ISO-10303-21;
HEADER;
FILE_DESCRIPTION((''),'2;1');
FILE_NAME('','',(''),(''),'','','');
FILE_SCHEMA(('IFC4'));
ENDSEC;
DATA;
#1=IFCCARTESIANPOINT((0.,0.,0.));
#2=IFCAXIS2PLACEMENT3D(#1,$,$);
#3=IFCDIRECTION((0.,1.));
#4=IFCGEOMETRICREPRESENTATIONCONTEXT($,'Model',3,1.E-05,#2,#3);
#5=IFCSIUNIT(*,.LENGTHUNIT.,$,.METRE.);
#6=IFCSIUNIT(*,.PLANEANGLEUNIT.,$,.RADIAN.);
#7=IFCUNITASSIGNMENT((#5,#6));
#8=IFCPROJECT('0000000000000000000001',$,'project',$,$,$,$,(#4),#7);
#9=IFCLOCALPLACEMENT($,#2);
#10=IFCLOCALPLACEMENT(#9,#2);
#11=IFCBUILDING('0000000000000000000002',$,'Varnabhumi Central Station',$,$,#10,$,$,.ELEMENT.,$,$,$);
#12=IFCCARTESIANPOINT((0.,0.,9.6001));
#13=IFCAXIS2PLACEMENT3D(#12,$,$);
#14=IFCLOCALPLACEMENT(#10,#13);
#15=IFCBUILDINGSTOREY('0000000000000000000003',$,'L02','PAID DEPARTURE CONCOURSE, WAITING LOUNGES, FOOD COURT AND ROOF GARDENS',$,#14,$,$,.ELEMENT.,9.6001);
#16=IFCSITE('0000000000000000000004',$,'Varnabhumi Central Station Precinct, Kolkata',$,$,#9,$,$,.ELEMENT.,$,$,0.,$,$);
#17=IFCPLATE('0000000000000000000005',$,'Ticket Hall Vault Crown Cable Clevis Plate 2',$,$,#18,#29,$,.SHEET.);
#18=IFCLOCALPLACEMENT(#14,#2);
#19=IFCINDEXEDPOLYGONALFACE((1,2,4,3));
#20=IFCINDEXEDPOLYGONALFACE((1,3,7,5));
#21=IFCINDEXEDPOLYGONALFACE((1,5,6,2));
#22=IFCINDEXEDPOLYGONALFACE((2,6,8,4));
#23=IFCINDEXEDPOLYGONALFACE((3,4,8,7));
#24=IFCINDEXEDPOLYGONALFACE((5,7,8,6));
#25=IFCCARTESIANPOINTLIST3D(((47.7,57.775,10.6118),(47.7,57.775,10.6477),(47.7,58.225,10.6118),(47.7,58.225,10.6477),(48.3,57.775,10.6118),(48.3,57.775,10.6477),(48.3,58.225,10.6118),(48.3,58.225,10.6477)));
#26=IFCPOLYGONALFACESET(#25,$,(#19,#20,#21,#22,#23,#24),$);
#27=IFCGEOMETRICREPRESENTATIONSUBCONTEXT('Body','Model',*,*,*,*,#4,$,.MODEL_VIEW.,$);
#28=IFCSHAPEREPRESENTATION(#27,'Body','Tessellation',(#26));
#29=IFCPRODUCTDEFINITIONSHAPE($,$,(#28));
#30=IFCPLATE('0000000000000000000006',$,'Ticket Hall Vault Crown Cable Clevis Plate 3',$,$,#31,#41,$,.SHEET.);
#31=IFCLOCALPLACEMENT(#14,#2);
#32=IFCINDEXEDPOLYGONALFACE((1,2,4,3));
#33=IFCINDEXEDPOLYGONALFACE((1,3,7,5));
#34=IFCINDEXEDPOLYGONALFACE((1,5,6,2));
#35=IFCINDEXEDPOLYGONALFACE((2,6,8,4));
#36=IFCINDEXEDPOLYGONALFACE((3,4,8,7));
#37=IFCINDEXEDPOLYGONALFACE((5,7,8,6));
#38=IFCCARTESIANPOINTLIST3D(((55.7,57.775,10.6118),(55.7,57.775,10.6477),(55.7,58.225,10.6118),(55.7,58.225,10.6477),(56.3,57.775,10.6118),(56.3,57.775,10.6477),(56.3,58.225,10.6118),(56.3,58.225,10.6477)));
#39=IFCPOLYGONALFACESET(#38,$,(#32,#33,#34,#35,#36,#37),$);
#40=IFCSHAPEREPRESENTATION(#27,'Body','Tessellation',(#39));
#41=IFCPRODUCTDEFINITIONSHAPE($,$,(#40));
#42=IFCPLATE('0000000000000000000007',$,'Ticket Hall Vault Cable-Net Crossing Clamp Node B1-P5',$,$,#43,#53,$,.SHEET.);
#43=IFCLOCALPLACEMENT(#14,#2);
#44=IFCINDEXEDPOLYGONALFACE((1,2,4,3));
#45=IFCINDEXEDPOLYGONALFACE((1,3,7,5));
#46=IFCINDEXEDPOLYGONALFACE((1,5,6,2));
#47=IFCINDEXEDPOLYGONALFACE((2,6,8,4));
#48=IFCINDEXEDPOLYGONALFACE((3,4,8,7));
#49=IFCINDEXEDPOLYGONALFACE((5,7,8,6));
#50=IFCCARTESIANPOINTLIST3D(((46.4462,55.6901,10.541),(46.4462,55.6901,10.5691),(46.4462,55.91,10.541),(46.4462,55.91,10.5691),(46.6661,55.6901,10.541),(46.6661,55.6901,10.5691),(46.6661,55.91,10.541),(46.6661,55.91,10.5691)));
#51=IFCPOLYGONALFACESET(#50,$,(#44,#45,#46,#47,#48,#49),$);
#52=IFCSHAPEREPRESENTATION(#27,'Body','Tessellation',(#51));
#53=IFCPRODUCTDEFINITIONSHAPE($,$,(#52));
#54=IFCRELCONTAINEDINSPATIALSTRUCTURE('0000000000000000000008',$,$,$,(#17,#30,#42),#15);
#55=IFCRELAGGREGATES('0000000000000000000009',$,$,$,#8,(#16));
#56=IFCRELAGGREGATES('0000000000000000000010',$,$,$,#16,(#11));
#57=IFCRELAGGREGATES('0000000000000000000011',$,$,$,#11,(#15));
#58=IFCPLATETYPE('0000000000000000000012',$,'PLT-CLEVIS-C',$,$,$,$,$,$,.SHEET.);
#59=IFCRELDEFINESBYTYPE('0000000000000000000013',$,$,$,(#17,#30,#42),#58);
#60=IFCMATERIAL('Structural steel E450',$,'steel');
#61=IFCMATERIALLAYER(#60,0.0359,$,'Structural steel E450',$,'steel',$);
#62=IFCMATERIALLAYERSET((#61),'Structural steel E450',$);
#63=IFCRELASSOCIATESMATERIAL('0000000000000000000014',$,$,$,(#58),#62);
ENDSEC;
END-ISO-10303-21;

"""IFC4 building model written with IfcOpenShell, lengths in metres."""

from ifc_helpers import new_model, si_unit, direction, frame, origin, origin_2d, place, context, subcontext, project, spatial, rectangle, extrude, material, layer, layer_set, type_object, element, save


model = new_model("IFC4")

# Units and contexts
model_context = context("Model", 3, precision=1e-05, world=origin(), true_north=direction((0.0, 1.0)))
body_context = subcontext(model_context, "Body", "Model", "MODEL_VIEW")
ifc_project = project(units=[si_unit("LENGTHUNIT", "METRE"), si_unit("PLANEANGLEUNIT", "RADIAN")], contexts=[model_context])

# Site, building, storey
site_placement = place(None, origin())
site = spatial("IfcSite", under=ifc_project, at=site_placement, Name="Varnabhumi Central Station Precinct, Kolkata", CompositionType="ELEMENT", RefElevation=0.0)
building_placement = place(site_placement, origin())
building = spatial("IfcBuilding", under=site, at=building_placement, Name="Varnabhumi Central Station", CompositionType="ELEMENT")
storey_placement = place(building_placement, frame((0.0, 0.0, 9.6001)))
storey = spatial("IfcBuildingStorey", under=building, at=storey_placement, Name="L02", Description="PAID DEPARTURE CONCOURSE, WAITING LOUNGES, FOOD COURT AND ROOF GARDENS", CompositionType="ELEMENT", Elevation=9.6001)

# Shared definitions
ifc_material_1 = material(Name="Structural steel E450", Category="steel")

# Plates
ifc_layer = layer(ifc_material_1, 0.0359, Name="Structural steel E450", Category="steel")
ifc_layer_set = layer_set([ifc_layer], Name="Structural steel E450")
plate_type = type_object("IfcPlateType", Name="PLT-CLEVIS-C", PredefinedType="SHEET", material=ifc_layer_set)
for number, where, z_axis, x_axis, name in (
    (1, (48.0, 58.0, 10.6118), (0.0, 0.0, 1.0), (1.0, 0.0, 0.0), "Ticket Hall Vault Crown Cable Clevis Plate 2"),
    (2, (56.0, 58.0, 10.6118), (0.0, 0.0, 1.0), (1.0, 0.0, 0.0), "Ticket Hall Vault Crown Cable Clevis Plate 3"),
):
    element("IfcPlate", number, at=place(storey_placement, frame(where, z_axis=z_axis, x_axis=x_axis)), inside=storey, type_object=plate_type, Name=name, PredefinedType="SHEET", context=body_context, shape_type="SweptSolid", body=[
        extrude(rectangle(XDim=0.6001, YDim=0.45, at=origin_2d()), origin(), (0.0, 0.0, 1.0), 0.0359),
    ])
plate_placement = place(storey_placement, frame((46.5562, 55.8, 10.541), z_axis=(0.0, 0.0, 1.0), x_axis=(1.0, 0.0, 0.0)))
element("IfcPlate", 3, at=plate_placement, inside=storey, type_object=plate_type, Name="Ticket Hall Vault Cable-Net Crossing Clamp Node B1-P5", PredefinedType="SHEET", context=body_context, shape_type="SweptSolid", body=[
    extrude(rectangle(XDim=0.22, YDim=0.22, at=origin_2d()), origin(), (0.0, 0.0, 1.0), 0.0281),
])

save(model, "model.ifc")
